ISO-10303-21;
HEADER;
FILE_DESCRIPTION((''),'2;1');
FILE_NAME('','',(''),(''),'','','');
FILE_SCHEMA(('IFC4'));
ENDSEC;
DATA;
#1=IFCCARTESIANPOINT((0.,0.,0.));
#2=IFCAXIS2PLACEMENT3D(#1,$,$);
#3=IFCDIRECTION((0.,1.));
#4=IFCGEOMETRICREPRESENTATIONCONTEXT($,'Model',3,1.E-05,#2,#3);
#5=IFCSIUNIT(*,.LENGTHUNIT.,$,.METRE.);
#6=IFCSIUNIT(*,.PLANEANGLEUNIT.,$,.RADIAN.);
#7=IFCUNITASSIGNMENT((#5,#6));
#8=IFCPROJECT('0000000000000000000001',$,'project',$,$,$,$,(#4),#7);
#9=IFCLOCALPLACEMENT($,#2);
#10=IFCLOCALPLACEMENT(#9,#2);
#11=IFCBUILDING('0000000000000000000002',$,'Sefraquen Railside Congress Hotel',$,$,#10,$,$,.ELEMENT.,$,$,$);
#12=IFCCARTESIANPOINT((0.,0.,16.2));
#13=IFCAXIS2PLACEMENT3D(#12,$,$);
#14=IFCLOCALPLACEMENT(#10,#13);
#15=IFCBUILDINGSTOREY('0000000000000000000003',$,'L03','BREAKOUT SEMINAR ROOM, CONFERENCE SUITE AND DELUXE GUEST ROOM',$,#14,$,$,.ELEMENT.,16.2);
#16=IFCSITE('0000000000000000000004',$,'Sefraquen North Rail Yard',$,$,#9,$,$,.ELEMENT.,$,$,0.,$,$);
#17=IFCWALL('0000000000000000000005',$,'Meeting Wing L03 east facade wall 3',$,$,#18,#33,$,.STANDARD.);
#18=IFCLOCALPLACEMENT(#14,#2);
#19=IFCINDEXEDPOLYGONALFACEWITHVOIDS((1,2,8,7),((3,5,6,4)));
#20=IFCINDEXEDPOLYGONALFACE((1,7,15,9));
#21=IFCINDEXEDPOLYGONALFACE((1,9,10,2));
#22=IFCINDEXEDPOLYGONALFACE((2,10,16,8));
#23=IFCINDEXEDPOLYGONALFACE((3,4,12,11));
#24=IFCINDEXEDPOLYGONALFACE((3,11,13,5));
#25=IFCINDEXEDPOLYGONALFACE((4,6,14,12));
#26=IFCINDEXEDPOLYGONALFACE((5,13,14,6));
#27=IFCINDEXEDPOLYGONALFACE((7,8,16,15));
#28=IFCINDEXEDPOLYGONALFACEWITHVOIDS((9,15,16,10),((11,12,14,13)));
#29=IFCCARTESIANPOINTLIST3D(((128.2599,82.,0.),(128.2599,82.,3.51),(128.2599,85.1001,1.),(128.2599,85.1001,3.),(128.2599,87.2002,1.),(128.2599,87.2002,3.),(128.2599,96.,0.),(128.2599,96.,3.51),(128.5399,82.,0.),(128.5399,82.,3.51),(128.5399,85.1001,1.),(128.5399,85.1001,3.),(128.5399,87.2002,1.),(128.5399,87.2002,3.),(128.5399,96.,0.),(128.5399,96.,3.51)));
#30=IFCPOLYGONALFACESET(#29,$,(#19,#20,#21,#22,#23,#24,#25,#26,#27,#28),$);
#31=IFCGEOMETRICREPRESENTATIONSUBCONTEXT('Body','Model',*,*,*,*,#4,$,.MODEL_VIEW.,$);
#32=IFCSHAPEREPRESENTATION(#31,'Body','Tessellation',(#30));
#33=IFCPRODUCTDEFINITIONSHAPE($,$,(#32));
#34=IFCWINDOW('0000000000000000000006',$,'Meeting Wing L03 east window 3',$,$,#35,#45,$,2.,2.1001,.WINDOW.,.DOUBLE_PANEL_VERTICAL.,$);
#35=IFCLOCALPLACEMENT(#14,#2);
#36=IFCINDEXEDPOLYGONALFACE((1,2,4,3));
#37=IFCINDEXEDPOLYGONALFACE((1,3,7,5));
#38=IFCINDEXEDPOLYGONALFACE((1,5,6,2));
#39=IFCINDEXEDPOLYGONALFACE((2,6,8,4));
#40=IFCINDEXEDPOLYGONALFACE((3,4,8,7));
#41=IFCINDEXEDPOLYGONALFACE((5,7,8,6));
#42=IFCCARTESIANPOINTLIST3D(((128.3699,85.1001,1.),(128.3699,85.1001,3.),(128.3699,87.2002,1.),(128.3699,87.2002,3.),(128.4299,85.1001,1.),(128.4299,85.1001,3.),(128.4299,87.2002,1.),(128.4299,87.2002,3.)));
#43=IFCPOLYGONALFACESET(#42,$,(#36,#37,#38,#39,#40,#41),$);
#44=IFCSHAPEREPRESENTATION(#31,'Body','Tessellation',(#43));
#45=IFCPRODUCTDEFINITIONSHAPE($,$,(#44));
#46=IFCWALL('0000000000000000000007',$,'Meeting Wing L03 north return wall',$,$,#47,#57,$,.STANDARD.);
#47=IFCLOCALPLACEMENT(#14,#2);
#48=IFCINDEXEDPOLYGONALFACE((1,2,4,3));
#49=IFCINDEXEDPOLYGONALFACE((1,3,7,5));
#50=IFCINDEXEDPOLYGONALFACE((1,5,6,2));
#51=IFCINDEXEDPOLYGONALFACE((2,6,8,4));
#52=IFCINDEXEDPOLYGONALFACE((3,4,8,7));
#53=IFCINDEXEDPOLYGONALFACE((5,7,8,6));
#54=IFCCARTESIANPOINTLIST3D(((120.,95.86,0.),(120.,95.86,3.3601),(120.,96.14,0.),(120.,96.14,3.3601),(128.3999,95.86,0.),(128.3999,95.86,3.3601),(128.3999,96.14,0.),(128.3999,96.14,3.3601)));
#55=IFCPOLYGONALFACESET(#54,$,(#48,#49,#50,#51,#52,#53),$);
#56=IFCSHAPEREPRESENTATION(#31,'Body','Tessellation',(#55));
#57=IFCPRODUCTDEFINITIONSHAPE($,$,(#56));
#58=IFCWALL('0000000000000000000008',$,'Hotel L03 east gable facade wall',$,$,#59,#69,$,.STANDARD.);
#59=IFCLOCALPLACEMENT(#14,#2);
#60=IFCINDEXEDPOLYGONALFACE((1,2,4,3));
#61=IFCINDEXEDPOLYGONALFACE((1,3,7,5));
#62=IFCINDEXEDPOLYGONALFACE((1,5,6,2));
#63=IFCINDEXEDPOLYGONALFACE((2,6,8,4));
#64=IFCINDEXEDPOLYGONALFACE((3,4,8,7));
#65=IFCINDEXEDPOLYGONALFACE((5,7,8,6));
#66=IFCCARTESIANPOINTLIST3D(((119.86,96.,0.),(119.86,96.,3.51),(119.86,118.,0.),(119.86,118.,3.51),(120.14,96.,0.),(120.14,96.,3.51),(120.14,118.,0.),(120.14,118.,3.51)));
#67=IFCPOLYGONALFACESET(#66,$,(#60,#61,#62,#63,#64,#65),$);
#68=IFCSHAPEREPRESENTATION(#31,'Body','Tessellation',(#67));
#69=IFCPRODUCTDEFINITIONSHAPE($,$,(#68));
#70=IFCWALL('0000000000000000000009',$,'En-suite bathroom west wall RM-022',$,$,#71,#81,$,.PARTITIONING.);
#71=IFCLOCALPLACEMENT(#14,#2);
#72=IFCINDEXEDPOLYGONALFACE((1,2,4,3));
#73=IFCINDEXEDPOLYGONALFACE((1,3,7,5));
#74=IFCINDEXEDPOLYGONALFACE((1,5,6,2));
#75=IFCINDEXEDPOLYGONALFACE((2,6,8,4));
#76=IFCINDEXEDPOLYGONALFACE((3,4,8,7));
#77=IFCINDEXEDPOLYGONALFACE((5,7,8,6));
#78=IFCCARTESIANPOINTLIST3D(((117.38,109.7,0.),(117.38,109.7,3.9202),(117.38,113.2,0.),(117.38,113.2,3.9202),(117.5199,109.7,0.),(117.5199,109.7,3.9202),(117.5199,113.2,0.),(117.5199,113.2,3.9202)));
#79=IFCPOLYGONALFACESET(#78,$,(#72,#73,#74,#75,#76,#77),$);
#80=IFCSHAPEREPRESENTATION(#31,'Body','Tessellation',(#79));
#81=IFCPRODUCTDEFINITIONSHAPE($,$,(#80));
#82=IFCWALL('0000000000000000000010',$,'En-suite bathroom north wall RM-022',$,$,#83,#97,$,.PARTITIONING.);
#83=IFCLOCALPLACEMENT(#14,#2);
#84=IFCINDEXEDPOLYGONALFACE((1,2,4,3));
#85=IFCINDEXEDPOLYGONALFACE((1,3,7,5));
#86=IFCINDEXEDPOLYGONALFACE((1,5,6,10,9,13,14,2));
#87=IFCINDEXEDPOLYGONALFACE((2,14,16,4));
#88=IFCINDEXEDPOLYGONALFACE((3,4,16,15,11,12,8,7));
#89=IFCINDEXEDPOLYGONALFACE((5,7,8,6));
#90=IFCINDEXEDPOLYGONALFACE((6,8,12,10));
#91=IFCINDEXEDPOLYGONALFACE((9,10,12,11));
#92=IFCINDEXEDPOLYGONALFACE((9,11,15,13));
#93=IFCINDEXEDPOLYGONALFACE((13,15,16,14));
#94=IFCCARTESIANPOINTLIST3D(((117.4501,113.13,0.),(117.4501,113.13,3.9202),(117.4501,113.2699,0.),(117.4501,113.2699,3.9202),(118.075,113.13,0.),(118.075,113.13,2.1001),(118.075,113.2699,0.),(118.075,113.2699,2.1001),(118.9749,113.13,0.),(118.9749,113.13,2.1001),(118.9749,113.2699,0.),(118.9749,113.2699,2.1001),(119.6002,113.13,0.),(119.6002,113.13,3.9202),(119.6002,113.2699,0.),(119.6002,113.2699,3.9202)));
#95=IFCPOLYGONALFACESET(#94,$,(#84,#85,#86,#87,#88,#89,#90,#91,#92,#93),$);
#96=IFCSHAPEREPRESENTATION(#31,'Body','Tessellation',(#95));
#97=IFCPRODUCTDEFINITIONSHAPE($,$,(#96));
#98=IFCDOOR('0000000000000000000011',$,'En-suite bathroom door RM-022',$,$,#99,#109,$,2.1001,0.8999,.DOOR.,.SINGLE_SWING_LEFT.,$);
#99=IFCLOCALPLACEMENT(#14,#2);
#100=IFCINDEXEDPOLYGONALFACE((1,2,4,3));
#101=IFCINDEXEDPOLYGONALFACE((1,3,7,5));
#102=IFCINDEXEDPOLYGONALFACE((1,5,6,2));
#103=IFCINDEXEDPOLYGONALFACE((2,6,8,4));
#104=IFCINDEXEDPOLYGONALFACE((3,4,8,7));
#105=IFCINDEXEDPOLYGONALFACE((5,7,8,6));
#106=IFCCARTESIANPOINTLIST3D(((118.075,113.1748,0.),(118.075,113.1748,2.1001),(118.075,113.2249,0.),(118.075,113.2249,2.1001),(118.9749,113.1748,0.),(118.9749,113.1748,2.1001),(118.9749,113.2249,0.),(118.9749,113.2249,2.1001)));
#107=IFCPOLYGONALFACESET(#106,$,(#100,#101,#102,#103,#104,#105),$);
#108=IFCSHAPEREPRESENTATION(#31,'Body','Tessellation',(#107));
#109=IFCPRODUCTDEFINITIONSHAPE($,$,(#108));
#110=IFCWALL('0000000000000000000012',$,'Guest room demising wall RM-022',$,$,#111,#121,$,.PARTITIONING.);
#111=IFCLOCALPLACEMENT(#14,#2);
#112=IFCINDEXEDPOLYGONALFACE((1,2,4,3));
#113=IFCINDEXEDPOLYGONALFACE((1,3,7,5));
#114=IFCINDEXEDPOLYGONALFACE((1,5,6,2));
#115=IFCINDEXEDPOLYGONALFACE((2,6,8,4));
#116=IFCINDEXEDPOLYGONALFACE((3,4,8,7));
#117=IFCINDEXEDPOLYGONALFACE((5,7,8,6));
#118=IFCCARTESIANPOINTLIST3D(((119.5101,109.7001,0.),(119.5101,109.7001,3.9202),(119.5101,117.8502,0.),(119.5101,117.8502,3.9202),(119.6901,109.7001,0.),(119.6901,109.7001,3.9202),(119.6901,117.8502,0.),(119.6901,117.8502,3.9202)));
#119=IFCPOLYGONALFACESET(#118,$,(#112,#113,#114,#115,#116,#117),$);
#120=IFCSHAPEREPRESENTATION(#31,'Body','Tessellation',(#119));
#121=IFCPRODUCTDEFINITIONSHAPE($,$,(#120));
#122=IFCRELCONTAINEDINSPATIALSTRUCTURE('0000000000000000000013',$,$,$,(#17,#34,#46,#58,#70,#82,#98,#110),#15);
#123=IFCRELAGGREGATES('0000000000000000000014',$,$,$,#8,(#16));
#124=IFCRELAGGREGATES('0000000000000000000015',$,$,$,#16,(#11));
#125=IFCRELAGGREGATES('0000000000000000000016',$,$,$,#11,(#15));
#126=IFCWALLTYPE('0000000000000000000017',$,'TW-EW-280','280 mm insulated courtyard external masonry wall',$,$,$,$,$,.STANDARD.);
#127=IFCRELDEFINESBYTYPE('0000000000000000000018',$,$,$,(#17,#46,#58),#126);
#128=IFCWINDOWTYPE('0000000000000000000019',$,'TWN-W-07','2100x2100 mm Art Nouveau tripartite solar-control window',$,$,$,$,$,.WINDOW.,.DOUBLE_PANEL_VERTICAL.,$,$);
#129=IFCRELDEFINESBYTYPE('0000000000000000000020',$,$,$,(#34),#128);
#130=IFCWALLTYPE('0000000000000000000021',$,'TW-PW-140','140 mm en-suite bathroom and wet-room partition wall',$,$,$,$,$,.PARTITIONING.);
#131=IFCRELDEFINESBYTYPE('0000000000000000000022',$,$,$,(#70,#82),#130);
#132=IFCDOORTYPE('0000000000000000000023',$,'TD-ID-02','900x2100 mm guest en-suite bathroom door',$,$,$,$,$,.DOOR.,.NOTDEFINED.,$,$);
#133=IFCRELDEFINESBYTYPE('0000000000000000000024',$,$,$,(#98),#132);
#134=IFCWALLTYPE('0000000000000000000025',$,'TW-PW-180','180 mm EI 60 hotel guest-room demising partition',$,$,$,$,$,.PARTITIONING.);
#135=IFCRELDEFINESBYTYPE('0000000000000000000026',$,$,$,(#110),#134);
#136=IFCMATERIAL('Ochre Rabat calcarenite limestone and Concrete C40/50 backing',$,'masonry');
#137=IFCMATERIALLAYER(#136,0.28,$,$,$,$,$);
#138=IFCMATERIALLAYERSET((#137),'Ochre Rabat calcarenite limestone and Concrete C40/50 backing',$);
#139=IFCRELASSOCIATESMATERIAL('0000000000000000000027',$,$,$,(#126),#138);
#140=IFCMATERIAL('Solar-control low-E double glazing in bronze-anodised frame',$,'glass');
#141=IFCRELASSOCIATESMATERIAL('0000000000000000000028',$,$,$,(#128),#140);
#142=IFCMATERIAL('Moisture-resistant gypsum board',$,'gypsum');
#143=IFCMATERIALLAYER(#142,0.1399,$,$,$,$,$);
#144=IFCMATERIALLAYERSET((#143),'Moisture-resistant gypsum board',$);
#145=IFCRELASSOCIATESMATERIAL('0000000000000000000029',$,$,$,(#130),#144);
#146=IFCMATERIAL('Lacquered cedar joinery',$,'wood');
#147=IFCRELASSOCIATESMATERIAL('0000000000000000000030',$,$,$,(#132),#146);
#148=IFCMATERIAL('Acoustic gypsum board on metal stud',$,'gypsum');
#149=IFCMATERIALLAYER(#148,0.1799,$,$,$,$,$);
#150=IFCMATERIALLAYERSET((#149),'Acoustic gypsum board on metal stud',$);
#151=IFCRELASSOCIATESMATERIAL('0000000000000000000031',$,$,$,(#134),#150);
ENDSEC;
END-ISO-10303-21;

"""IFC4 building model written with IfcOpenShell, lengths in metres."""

from ifc_helpers import new_model, si_unit, direction, frame, frame_2d, origin, place, context, subcontext, project, spatial, rectangle, extrude, material, layer, layer_set, type_object, element, fill, save


model = new_model("IFC4")

# Units and contexts
model_context = context("Model", 3, precision=1e-05, world=origin(), true_north=direction((0.0, 1.0)))
body_context = subcontext(model_context, "Body", "Model", "MODEL_VIEW")
ifc_project = project(units=[si_unit("LENGTHUNIT", "METRE"), si_unit("PLANEANGLEUNIT", "RADIAN")], contexts=[model_context])

# Site, building, storey
site_placement = place(None, origin())
site = spatial("IfcSite", under=ifc_project, at=site_placement, Name="Sefraquen North Rail Yard", CompositionType="ELEMENT", RefElevation=0.0)
building_placement = place(site_placement, origin())
building = spatial("IfcBuilding", under=site, at=building_placement, Name="Sefraquen Railside Congress Hotel", CompositionType="ELEMENT")
storey_placement = place(building_placement, frame((0.0, 0.0, 16.2)))
storey = spatial("IfcBuildingStorey", under=building, at=storey_placement, Name="L03", Description="BREAKOUT SEMINAR ROOM, CONFERENCE SUITE AND DELUXE GUEST ROOM", CompositionType="ELEMENT", Elevation=16.2)

# Wall, opening, window
ifc_material_1 = material(Name="Ochre Rabat calcarenite limestone and Concrete C40/50 backing", Category="masonry")
ifc_layer_1 = layer(ifc_material_1, 0.28)
ifc_layer_set_1 = layer_set([ifc_layer_1], Name="Ochre Rabat calcarenite limestone and Concrete C40/50 backing")
wall_type_1 = type_object("IfcWallType", Name="TW-EW-280", Description="280 mm insulated courtyard external masonry wall", PredefinedType="STANDARD", material=ifc_layer_set_1)
wall_1_placement = place(storey_placement, frame((128.3999, 82.0, 0.0), z_axis=(0.0, 0.0, 1.0), x_axis=(0.0, 1.0, 0.0)))
wall_1 = element("IfcWall", 1, at=wall_1_placement, inside=storey, type_object=wall_type_1, Name="Meeting Wing L03 east facade wall 3", PredefinedType="STANDARD", context=body_context, shape_type="SweptSolid", body=[
    extrude(rectangle(XDim=14.0, YDim=0.28, at=frame_2d((7.0, 0.0))), origin(), (0.0, 0.0, 1.0), 3.51),
])
opening_1_placement = place(wall_1_placement, frame((3.1001, 0.0, 1.0)))
opening_1 = element("IfcOpeningElement", 2, at=opening_1_placement, cuts=wall_1, PredefinedType="OPENING", context=body_context, shape_type="SweptSolid", body=[
    extrude(rectangle(XDim=2.1001, YDim=2.0, at=frame_2d((1.05, 1.0))), frame((0.0, 0.1499, 0.0), z_axis=(0.0, -1.0, 0.0), x_axis=(1.0, 0.0, 0.0)), (0.0, 0.0, 1.0), 0.3),
])
ifc_material_2 = material(Name="Solar-control low-E double glazing in bronze-anodised frame", Category="glass")
window_type = type_object("IfcWindowType", Name="TWN-W-07", Description="2100x2100 mm Art Nouveau tripartite solar-control window", PartitioningType="DOUBLE_PANEL_VERTICAL", PredefinedType="WINDOW", material=ifc_material_2)
window_placement = place(opening_1_placement, origin())
window = element("IfcWindow", 3, at=window_placement, inside=storey, type_object=window_type, Name="Meeting Wing L03 east window 3", OverallHeight=2.0, OverallWidth=2.1001, PartitioningType="DOUBLE_PANEL_VERTICAL", PredefinedType="WINDOW", context=body_context, shape_type="SweptSolid", body=[
    extrude(rectangle(XDim=2.1001, YDim=2.0, at=frame_2d((1.05, 1.0))), frame((0.0, 0.03, 0.0), z_axis=(0.0, -1.0, 0.0), x_axis=(1.0, 0.0, 0.0)), (0.0, 0.0, 1.0), 0.0601),
])
fill(opening_1, window)

# Walls
wall_2_placement = place(storey_placement, frame((120.0, 96.0, 0.0), z_axis=(0.0, 0.0, 1.0), x_axis=(1.0, 0.0, 0.0)))
element("IfcWall", 4, at=wall_2_placement, inside=storey, type_object=wall_type_1, Name="Meeting Wing L03 north return wall", PredefinedType="STANDARD", context=body_context, shape_type="SweptSolid", body=[
    extrude(rectangle(XDim=8.3999, YDim=0.28, at=frame_2d((4.2, 0.0))), origin(), (0.0, 0.0, 1.0), 3.3601),
])
wall_3_placement = place(storey_placement, frame((120.0, 96.0, 0.0), z_axis=(0.0, 0.0, 1.0), x_axis=(0.0, 1.0, 0.0)))
element("IfcWall", 5, at=wall_3_placement, inside=storey, type_object=wall_type_1, Name="Hotel L03 east gable facade wall", PredefinedType="STANDARD", context=body_context, shape_type="SweptSolid", body=[
    extrude(rectangle(XDim=22.0, YDim=0.28, at=frame_2d((11.0, 0.0))), origin(), (0.0, 0.0, 1.0), 3.51),
])
ifc_material_3 = material(Name="Moisture-resistant gypsum board", Category="gypsum")
ifc_layer_2 = layer(ifc_material_3, 0.1399)
ifc_layer_set_2 = layer_set([ifc_layer_2], Name="Moisture-resistant gypsum board")
wall_type_2 = type_object("IfcWallType", Name="TW-PW-140", Description="140 mm en-suite bathroom and wet-room partition wall", PredefinedType="PARTITIONING", material=ifc_layer_set_2)
wall_4_placement = place(storey_placement, frame((117.45, 109.7, 0.0), z_axis=(0.0, 0.0, 1.0), x_axis=(0.0, 1.0, 0.0)))
element("IfcWall", 6, at=wall_4_placement, inside=storey, type_object=wall_type_2, Name="En-suite bathroom west wall RM-022", PredefinedType="PARTITIONING", context=body_context, shape_type="SweptSolid", body=[
    extrude(rectangle(XDim=3.5, YDim=0.1399, at=frame_2d((1.75, 0.0))), origin(), (0.0, 0.0, 1.0), 3.9202),
])

# Wall, opening, door
wall_5_placement = place(storey_placement, frame((117.45, 113.2, 0.0), z_axis=(0.0, 0.0, 1.0), x_axis=(1.0, 0.0, 0.0)))
wall_5 = element("IfcWall", 7, at=wall_5_placement, inside=storey, type_object=wall_type_2, Name="En-suite bathroom north wall RM-022", PredefinedType="PARTITIONING", context=body_context, shape_type="SweptSolid", body=[
    extrude(rectangle(XDim=2.1501, YDim=0.1399, at=frame_2d((1.0752, 0.0))), origin(), (0.0, 0.0, 1.0), 3.9202),
])
opening_2_placement = place(wall_5_placement, frame((0.625, 0.0, 0.0)))
opening_2 = element("IfcOpeningElement", 8, at=opening_2_placement, cuts=wall_5, PredefinedType="OPENING", context=body_context, shape_type="SweptSolid", body=[
    extrude(rectangle(XDim=0.8999, YDim=2.1001, at=frame_2d((0.45, 1.05))), frame((0.0, 0.0798, 0.0), z_axis=(0.0, -1.0, 0.0), x_axis=(1.0, 0.0, 0.0)), (0.0, 0.0, 1.0), 0.1599),
])
ifc_material_4 = material(Name="Lacquered cedar joinery", Category="wood")
door_type = type_object("IfcDoorType", Name="TD-ID-02", Description="900x2100 mm guest en-suite bathroom door", OperationType="NOTDEFINED", PredefinedType="DOOR", material=ifc_material_4)
door_placement = place(opening_2_placement, origin())
door = element("IfcDoor", 9, at=door_placement, inside=storey, type_object=door_type, Name="En-suite bathroom door RM-022", OperationType="SINGLE_SWING_LEFT", OverallHeight=2.1001, OverallWidth=0.8999, PredefinedType="DOOR", context=body_context, shape_type="SweptSolid", body=[
    extrude(rectangle(XDim=0.8999, YDim=2.1001, at=frame_2d((0.45, 1.05))), frame((0.0, 0.0249, 0.0), z_axis=(0.0, -1.0, 0.0), x_axis=(1.0, 0.0, 0.0)), (0.0, 0.0, 1.0), 0.05),
])
fill(opening_2, door)

# Wall
ifc_material_5 = material(Name="Acoustic gypsum board on metal stud", Category="gypsum")
ifc_layer_3 = layer(ifc_material_5, 0.1799)
ifc_layer_set_3 = layer_set([ifc_layer_3], Name="Acoustic gypsum board on metal stud")
wall_type_3 = type_object("IfcWallType", Name="TW-PW-180", Description="180 mm EI 60 hotel guest-room demising partition", PredefinedType="PARTITIONING", material=ifc_layer_set_3)
wall_6_placement = place(storey_placement, frame((119.6001, 109.7, 0.0), z_axis=(0.0, 0.0, 1.0), x_axis=(0.0, 1.0, 0.0)))
element("IfcWall", 10, at=wall_6_placement, inside=storey, type_object=wall_type_3, Name="Guest room demising wall RM-022", PredefinedType="PARTITIONING", context=body_context, shape_type="SweptSolid", body=[
    extrude(rectangle(XDim=8.1501, YDim=0.1799, at=frame_2d((4.0752, 0.0))), origin(), (0.0, 0.0, 1.0), 3.9202),
])

save(model, "model.ifc")
